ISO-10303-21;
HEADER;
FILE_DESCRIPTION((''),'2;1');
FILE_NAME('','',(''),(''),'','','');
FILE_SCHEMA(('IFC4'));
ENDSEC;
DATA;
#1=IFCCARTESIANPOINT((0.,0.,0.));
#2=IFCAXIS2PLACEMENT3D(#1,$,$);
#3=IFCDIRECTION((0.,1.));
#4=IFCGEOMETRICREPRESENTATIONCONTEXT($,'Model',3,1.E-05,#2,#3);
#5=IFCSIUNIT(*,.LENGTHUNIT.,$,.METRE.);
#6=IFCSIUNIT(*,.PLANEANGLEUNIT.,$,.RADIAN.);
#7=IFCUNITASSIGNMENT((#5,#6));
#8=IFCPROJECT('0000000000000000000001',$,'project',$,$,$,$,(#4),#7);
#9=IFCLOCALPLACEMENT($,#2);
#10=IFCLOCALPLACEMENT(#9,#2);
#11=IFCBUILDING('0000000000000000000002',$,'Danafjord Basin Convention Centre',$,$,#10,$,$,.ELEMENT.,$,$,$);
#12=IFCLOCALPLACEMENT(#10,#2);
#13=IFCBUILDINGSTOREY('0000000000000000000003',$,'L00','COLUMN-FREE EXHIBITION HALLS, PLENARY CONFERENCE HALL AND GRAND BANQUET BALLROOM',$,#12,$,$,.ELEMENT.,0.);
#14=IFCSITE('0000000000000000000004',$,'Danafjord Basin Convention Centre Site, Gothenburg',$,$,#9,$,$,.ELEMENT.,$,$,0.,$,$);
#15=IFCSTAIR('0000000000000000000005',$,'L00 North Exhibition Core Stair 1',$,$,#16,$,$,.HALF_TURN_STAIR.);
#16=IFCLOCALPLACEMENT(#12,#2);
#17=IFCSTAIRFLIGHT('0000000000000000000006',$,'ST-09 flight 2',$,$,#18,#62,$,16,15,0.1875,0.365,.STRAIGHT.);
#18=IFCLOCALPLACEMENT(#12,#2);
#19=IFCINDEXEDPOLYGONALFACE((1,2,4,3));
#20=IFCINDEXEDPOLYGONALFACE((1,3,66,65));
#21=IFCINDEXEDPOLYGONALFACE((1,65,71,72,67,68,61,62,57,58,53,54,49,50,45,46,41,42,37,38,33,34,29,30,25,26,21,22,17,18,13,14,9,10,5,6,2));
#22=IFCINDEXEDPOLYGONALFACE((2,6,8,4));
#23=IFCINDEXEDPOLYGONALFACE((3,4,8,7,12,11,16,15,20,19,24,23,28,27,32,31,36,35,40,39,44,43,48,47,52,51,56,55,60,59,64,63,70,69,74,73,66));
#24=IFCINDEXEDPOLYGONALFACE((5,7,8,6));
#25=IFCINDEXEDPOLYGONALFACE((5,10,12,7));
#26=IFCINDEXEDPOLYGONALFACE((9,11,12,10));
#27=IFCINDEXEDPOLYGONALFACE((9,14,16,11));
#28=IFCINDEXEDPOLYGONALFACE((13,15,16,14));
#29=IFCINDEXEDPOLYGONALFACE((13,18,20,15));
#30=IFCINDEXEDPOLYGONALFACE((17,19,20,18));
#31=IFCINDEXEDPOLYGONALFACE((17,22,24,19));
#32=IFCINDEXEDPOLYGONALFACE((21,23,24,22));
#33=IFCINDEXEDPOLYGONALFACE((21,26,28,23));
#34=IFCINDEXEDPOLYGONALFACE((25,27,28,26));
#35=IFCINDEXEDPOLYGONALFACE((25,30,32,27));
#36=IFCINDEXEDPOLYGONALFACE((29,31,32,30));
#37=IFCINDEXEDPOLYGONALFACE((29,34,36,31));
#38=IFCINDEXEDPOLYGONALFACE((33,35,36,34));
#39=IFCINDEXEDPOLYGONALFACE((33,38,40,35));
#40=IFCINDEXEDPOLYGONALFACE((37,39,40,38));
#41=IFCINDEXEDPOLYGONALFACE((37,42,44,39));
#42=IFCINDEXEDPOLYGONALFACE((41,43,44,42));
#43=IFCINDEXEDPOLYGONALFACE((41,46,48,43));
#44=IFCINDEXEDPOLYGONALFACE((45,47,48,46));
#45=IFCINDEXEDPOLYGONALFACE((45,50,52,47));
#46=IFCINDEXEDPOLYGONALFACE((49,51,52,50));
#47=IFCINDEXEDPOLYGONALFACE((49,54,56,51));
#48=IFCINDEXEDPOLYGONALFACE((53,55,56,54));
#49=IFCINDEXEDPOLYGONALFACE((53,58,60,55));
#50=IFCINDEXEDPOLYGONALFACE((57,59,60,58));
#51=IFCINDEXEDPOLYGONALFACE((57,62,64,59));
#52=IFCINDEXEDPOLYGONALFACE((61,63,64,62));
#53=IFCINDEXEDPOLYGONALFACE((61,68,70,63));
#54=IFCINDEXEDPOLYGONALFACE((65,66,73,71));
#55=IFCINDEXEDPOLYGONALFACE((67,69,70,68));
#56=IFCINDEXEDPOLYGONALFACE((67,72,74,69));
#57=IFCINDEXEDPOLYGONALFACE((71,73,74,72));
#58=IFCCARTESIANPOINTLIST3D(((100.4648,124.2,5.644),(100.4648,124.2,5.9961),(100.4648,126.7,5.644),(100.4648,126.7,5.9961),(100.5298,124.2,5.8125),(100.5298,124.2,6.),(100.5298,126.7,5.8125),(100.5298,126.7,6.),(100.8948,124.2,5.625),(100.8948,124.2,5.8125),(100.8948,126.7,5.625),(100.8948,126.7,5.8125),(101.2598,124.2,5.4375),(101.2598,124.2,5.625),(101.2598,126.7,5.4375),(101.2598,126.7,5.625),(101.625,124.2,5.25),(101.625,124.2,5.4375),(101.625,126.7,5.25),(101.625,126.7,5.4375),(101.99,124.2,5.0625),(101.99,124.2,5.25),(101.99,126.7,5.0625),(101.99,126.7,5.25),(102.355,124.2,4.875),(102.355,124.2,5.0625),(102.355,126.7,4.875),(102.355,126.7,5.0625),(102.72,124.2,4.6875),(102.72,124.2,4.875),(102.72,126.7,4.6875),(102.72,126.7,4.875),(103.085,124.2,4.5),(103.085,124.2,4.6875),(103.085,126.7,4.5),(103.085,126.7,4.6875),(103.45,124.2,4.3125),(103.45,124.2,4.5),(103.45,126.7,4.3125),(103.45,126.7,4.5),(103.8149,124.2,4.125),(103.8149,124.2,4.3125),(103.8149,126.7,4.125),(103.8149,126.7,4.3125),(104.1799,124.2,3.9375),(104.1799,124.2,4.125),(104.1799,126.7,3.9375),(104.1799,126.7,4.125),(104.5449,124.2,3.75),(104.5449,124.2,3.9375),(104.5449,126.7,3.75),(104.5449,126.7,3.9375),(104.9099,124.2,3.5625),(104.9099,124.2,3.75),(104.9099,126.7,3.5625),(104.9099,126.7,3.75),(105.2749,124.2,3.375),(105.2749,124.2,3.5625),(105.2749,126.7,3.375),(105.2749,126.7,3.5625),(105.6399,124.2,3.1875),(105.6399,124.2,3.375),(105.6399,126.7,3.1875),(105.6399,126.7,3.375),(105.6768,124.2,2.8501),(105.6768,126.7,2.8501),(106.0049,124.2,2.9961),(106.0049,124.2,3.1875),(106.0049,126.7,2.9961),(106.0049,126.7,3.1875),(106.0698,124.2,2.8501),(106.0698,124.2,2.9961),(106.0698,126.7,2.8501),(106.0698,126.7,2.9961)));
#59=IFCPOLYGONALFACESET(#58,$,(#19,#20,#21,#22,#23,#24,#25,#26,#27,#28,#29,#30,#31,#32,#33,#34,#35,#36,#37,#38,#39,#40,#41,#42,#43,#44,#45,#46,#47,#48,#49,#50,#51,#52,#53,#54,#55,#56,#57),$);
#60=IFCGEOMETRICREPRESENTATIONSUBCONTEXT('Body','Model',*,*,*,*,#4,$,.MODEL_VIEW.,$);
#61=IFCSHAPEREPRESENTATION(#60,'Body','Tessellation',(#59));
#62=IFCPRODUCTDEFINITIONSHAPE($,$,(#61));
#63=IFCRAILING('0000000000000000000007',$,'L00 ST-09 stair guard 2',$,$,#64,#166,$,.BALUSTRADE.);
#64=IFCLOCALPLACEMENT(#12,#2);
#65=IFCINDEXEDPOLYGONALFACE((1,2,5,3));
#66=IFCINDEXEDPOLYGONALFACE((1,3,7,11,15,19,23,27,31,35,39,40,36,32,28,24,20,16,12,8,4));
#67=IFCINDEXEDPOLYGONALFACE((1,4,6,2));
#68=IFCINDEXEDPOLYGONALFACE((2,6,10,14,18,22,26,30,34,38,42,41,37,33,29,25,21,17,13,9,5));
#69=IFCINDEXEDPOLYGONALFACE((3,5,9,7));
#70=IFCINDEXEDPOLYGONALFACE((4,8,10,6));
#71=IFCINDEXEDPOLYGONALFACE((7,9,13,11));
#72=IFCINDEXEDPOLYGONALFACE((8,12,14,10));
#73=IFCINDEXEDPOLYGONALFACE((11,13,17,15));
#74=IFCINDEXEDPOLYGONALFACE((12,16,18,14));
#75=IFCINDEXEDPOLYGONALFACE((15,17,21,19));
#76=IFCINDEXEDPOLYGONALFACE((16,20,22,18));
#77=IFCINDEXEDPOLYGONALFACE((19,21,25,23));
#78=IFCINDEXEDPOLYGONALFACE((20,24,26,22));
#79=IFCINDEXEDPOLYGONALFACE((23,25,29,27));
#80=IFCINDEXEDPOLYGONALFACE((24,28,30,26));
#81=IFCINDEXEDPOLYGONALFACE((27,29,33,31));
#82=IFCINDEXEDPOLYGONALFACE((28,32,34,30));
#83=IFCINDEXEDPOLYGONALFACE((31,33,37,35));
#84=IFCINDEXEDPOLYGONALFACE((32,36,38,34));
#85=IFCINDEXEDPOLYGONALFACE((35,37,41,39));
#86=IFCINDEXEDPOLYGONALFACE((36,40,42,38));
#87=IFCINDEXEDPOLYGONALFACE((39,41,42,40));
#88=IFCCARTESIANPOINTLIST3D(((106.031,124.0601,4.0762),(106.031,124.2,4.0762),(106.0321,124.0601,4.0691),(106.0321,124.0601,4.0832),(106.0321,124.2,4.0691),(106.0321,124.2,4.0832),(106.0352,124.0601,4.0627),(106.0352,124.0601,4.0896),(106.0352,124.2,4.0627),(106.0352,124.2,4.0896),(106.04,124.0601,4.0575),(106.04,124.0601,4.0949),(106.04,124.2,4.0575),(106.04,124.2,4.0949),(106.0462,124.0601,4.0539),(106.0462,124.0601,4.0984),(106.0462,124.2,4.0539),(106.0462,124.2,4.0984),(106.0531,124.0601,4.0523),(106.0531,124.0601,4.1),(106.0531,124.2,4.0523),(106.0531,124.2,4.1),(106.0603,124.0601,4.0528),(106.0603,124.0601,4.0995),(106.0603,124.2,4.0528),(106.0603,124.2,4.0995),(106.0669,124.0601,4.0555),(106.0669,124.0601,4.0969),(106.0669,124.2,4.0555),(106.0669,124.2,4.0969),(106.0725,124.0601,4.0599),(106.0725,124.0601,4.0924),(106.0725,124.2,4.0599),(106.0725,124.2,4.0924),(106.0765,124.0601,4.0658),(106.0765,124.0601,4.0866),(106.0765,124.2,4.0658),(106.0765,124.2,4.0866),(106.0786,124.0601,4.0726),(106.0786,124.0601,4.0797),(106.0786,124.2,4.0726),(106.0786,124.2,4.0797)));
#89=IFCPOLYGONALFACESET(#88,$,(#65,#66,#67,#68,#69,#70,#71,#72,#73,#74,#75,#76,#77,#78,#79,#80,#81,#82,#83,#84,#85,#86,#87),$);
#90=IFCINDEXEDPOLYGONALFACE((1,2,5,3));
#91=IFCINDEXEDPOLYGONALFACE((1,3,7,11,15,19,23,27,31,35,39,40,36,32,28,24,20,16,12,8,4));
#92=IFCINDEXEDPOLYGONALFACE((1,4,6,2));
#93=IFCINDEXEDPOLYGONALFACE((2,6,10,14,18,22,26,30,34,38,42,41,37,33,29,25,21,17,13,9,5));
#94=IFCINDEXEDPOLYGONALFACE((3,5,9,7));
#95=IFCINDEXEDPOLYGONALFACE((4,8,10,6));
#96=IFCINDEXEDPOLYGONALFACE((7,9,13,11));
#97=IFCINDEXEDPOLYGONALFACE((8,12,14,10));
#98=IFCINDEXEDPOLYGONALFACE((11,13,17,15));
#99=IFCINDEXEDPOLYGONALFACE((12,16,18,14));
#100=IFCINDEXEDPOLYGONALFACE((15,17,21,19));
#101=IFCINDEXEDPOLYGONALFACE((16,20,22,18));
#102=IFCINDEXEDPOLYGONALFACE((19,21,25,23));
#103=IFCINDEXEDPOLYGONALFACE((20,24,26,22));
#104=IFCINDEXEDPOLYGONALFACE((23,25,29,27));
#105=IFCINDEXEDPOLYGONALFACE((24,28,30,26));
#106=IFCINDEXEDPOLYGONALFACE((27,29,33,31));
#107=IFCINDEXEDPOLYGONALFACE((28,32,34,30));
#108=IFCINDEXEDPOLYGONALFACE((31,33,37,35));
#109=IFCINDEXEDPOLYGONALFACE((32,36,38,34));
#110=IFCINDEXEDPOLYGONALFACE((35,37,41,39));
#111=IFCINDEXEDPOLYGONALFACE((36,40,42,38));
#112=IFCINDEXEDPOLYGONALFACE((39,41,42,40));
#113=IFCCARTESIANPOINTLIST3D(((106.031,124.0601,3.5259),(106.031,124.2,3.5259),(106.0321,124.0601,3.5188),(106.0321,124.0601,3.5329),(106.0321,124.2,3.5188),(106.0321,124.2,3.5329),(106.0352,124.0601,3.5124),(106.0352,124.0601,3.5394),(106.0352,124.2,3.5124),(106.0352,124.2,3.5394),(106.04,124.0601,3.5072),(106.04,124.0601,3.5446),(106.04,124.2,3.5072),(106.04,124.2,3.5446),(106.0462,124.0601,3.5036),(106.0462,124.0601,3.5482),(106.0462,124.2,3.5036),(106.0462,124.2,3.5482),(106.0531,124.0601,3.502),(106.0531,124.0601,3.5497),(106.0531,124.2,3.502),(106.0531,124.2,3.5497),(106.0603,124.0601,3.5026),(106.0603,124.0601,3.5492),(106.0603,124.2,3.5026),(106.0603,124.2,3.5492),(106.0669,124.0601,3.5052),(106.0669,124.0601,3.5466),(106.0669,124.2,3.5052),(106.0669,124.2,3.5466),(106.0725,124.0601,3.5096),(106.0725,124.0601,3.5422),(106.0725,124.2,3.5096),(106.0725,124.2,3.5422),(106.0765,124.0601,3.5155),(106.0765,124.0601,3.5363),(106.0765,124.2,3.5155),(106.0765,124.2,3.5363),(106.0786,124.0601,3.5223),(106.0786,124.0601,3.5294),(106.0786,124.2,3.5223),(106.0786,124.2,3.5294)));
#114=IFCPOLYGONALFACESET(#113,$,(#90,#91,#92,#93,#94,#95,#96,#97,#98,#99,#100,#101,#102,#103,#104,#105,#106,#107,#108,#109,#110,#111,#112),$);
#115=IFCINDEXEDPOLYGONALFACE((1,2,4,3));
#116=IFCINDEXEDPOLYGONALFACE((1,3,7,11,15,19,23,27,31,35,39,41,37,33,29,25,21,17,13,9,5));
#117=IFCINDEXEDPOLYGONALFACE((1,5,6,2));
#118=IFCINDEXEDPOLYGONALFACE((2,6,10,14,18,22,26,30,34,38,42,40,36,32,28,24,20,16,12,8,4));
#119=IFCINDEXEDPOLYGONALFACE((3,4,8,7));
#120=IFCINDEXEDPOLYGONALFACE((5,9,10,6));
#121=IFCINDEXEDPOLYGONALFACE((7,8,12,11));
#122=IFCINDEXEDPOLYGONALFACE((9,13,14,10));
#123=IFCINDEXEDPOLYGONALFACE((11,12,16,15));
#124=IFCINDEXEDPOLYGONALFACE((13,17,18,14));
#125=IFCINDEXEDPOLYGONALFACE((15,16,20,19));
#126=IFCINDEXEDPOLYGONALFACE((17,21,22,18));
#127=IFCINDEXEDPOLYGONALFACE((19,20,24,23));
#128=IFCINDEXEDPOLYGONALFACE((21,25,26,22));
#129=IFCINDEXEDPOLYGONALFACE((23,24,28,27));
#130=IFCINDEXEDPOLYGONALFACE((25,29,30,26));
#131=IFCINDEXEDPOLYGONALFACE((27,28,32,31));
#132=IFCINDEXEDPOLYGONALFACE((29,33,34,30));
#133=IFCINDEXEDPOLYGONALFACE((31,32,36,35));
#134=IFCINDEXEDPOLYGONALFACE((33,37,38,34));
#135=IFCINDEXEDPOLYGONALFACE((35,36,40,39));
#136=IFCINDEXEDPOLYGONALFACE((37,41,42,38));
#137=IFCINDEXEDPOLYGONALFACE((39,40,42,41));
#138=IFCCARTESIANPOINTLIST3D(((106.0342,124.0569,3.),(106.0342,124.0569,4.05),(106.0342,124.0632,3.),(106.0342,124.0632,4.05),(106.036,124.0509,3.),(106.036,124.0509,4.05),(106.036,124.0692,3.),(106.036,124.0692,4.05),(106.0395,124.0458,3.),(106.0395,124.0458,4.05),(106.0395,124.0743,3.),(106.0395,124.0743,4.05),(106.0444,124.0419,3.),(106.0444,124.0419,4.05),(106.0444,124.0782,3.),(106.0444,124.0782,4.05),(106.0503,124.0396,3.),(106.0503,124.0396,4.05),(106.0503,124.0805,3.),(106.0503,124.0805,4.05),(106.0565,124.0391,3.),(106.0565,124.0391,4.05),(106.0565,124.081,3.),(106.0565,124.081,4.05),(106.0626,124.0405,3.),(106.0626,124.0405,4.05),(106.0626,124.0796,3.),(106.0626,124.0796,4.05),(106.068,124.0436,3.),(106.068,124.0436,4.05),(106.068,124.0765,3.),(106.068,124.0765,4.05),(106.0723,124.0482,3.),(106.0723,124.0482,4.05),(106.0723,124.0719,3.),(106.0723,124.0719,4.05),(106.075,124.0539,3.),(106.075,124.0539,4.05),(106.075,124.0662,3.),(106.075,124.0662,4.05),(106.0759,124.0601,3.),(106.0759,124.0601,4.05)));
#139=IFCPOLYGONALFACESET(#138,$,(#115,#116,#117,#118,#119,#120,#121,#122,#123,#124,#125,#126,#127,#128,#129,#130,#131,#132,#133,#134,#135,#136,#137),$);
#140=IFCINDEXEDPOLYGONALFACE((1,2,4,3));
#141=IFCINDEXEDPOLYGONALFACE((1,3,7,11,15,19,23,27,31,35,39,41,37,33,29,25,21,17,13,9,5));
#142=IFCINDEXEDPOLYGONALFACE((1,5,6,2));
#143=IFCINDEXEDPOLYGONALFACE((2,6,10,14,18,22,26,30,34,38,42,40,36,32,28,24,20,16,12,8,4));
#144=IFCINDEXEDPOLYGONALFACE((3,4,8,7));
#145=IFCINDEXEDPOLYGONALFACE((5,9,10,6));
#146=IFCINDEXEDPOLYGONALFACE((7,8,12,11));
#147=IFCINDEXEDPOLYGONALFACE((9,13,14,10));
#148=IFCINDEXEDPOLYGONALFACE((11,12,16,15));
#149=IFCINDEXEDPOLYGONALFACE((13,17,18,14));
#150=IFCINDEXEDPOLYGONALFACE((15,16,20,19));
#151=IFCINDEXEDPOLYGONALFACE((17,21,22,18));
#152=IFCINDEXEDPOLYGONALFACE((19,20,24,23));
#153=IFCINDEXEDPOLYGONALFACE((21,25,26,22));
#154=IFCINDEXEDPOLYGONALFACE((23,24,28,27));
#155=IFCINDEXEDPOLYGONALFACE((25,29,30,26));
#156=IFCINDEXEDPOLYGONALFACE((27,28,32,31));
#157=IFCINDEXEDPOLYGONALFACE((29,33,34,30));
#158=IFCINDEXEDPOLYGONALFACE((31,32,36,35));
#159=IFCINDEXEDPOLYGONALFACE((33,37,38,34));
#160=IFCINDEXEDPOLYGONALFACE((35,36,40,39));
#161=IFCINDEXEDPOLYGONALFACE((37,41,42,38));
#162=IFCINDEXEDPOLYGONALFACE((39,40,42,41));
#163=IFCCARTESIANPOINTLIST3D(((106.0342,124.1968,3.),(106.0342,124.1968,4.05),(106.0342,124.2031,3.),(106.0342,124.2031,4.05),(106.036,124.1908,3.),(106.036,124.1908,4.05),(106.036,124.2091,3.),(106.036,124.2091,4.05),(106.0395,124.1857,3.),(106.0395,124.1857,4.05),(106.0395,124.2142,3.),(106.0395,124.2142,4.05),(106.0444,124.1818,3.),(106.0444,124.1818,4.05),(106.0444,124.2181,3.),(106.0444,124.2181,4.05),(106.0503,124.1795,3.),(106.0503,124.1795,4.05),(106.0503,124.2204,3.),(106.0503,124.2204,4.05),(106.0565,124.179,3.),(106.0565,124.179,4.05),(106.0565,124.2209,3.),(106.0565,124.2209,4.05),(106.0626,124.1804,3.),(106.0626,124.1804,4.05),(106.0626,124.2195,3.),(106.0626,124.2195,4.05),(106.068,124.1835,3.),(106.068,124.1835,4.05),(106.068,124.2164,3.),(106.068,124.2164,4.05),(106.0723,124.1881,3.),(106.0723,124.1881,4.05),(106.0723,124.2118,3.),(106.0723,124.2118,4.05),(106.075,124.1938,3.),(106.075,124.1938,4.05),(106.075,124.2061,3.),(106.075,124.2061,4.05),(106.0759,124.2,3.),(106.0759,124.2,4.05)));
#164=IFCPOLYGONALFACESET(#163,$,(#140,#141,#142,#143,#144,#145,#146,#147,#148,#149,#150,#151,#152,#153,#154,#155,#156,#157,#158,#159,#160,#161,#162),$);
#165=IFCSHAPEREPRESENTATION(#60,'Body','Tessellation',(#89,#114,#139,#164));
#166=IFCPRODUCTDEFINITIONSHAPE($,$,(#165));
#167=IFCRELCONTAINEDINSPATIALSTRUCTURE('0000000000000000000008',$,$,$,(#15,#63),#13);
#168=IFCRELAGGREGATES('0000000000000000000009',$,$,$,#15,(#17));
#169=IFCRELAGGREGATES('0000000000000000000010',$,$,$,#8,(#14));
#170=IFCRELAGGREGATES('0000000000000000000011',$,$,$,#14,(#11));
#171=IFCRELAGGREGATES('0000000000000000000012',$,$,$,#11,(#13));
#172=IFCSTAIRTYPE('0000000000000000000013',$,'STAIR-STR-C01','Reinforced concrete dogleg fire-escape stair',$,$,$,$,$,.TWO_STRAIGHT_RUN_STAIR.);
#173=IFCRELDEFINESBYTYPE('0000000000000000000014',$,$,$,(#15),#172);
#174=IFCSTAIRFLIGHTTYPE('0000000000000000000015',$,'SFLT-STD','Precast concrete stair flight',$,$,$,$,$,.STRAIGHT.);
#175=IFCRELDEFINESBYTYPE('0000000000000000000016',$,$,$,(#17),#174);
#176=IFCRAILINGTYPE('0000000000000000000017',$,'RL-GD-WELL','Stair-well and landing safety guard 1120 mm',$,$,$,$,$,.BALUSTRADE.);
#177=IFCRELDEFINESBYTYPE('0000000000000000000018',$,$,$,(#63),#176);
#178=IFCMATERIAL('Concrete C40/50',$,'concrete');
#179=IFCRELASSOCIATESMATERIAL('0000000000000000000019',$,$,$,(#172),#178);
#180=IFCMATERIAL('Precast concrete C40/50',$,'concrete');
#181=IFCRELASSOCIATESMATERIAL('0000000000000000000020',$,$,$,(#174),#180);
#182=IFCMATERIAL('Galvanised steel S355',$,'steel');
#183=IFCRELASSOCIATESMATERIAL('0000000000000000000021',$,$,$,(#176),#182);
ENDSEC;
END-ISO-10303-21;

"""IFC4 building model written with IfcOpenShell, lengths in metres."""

from ifc_helpers import new_model, si_unit, direction, frame, origin, origin_2d, place, context, subcontext, project, spatial, polyline, circle, outline, extrude, material, type_object, element, aggregate, save


model = new_model("IFC4")

# Units and contexts
model_context = context("Model", 3, precision=1e-05, world=origin(), true_north=direction((0.0, 1.0)))
body_context = subcontext(model_context, "Body", "Model", "MODEL_VIEW")
ifc_project = project(units=[si_unit("LENGTHUNIT", "METRE"), si_unit("PLANEANGLEUNIT", "RADIAN")], contexts=[model_context])

# Site, building, storey
site_placement = place(None, origin())
site = spatial("IfcSite", under=ifc_project, at=site_placement, Name="Danafjord Basin Convention Centre Site, Gothenburg", CompositionType="ELEMENT", RefElevation=0.0)
building_placement = place(site_placement, origin())
building = spatial("IfcBuilding", under=site, at=building_placement, Name="Danafjord Basin Convention Centre", CompositionType="ELEMENT")
storey_placement = place(building_placement, origin())
storey = spatial("IfcBuildingStorey", under=building, at=storey_placement, Name="L00", Description="COLUMN-FREE EXHIBITION HALLS, PLENARY CONFERENCE HALL AND GRAND BANQUET BALLROOM", CompositionType="ELEMENT", Elevation=0.0)

# Shared definitions
ifc_material_1 = material(Name="Concrete C40/50", Category="concrete")

# Stair, stair flight
stair_type = type_object("IfcStairType", Name="STAIR-STR-C01", Description="Reinforced concrete dogleg fire-escape stair", PredefinedType="TWO_STRAIGHT_RUN_STAIR", material=ifc_material_1)
stair_placement = place(storey_placement, origin())
stair = element("IfcStair", 1, at=stair_placement, inside=storey, type_object=stair_type, Name="L00 North Exhibition Core Stair 1", PredefinedType="HALF_TURN_STAIR")
ifc_material_2 = material(Name="Precast concrete C40/50", Category="concrete")
stair_flight_type = type_object("IfcStairFlightType", Name="SFLT-STD", Description="Precast concrete stair flight", PredefinedType="STRAIGHT", material=ifc_material_2)
stair_flight_1_placement = place(storey_placement, frame((106.0049, 125.45, 3.0), z_axis=(0.0, 0.0, 1.0), x_axis=(-1.0, 0.0, 0.0)))
stair_flight_1 = element("IfcStairFlight", 2, at=stair_flight_1_placement, type_object=stair_flight_type, Name="ST-09 flight 2", NumberOfRisers=16, NumberOfTreads=15, PredefinedType="STRAIGHT", RiserHeight=0.1875, TreadLength=0.365, context=body_context, shape_type="SweptSolid", body=[
    extrude(outline(polyline([(-0.0649, -0.1499), (-0.0649, -0.0039), (0.0, -0.0039), (0.0, 0.1875), (0.365, 0.1875), (0.365, 0.375), (0.73, 0.375), (0.73, 0.5625), (1.095, 0.5625), (1.095, 0.75), (1.46, 0.75), (1.46, 0.9375), (1.825, 0.9375), (1.825, 1.125), (2.1899, 1.125), (2.1899, 1.3125), (2.5549, 1.3125), (2.5549, 1.5), (2.9199, 1.5), (2.9199, 1.6875), (3.2849, 1.6875), (3.2849, 1.875), (3.6499, 1.875), (3.6499, 2.0625), (4.0149, 2.0625), (4.0149, 2.25), (4.3799, 2.25), (4.3799, 2.4375), (4.7451, 2.4375), (4.7451, 2.625), (5.1101, 2.625), (5.1101, 2.8125), (5.4751, 2.8125), (5.4751, 3.0), (5.54, 2.9961), (5.54, 2.644), (0.3281, -0.1499), (-0.0649, -0.1499)])), frame((0.0, 1.25, 0.0), z_axis=(0.0, -1.0, 0.0), x_axis=(1.0, 0.0, 0.0)), (0.0, 0.0, 1.0), 2.5),
])
aggregate(stair, [stair_flight_1])

# Railing
ifc_material_3 = material(Name="Galvanised steel S355", Category="steel")
railing_type_1 = type_object("IfcRailingType", Name="RL-GD-WELL", Description="Stair-well and landing safety guard 1120 mm", PredefinedType="BALUSTRADE", material=ifc_material_3)
railing_1_placement = place(storey_placement, frame((106.0549, 124.0601, 3.0)))
element("IfcRailing", 3, at=railing_1_placement, inside=storey, type_object=railing_type_1, Name="L00 ST-09 stair guard 2", PredefinedType="BALUSTRADE", context=body_context, shape_type="SweptSolid", body=[
    extrude(circle(Radius=0.0239, at=origin_2d()), frame((0.0, 0.0, 1.0762), z_axis=(0.0, 1.0, 0.0), x_axis=(-1.0, 0.0, 0.0)), (0.0, 0.0, 1.0), 0.1399),
    extrude(circle(Radius=0.0239, at=origin_2d()), frame((0.0, 0.0, 0.5259), z_axis=(0.0, 1.0, 0.0), x_axis=(-1.0, 0.0, 0.0)), (0.0, 0.0, 1.0), 0.1399),
    extrude(circle(Radius=0.021, at=origin_2d()), origin(), (0.0, 0.0, 1.0), 1.05),
    extrude(circle(Radius=0.021, at=origin_2d()), frame((0.0, 0.1399, 0.0)), (0.0, 0.0, 1.0), 1.05),
])

save(model, "model.ifc")
